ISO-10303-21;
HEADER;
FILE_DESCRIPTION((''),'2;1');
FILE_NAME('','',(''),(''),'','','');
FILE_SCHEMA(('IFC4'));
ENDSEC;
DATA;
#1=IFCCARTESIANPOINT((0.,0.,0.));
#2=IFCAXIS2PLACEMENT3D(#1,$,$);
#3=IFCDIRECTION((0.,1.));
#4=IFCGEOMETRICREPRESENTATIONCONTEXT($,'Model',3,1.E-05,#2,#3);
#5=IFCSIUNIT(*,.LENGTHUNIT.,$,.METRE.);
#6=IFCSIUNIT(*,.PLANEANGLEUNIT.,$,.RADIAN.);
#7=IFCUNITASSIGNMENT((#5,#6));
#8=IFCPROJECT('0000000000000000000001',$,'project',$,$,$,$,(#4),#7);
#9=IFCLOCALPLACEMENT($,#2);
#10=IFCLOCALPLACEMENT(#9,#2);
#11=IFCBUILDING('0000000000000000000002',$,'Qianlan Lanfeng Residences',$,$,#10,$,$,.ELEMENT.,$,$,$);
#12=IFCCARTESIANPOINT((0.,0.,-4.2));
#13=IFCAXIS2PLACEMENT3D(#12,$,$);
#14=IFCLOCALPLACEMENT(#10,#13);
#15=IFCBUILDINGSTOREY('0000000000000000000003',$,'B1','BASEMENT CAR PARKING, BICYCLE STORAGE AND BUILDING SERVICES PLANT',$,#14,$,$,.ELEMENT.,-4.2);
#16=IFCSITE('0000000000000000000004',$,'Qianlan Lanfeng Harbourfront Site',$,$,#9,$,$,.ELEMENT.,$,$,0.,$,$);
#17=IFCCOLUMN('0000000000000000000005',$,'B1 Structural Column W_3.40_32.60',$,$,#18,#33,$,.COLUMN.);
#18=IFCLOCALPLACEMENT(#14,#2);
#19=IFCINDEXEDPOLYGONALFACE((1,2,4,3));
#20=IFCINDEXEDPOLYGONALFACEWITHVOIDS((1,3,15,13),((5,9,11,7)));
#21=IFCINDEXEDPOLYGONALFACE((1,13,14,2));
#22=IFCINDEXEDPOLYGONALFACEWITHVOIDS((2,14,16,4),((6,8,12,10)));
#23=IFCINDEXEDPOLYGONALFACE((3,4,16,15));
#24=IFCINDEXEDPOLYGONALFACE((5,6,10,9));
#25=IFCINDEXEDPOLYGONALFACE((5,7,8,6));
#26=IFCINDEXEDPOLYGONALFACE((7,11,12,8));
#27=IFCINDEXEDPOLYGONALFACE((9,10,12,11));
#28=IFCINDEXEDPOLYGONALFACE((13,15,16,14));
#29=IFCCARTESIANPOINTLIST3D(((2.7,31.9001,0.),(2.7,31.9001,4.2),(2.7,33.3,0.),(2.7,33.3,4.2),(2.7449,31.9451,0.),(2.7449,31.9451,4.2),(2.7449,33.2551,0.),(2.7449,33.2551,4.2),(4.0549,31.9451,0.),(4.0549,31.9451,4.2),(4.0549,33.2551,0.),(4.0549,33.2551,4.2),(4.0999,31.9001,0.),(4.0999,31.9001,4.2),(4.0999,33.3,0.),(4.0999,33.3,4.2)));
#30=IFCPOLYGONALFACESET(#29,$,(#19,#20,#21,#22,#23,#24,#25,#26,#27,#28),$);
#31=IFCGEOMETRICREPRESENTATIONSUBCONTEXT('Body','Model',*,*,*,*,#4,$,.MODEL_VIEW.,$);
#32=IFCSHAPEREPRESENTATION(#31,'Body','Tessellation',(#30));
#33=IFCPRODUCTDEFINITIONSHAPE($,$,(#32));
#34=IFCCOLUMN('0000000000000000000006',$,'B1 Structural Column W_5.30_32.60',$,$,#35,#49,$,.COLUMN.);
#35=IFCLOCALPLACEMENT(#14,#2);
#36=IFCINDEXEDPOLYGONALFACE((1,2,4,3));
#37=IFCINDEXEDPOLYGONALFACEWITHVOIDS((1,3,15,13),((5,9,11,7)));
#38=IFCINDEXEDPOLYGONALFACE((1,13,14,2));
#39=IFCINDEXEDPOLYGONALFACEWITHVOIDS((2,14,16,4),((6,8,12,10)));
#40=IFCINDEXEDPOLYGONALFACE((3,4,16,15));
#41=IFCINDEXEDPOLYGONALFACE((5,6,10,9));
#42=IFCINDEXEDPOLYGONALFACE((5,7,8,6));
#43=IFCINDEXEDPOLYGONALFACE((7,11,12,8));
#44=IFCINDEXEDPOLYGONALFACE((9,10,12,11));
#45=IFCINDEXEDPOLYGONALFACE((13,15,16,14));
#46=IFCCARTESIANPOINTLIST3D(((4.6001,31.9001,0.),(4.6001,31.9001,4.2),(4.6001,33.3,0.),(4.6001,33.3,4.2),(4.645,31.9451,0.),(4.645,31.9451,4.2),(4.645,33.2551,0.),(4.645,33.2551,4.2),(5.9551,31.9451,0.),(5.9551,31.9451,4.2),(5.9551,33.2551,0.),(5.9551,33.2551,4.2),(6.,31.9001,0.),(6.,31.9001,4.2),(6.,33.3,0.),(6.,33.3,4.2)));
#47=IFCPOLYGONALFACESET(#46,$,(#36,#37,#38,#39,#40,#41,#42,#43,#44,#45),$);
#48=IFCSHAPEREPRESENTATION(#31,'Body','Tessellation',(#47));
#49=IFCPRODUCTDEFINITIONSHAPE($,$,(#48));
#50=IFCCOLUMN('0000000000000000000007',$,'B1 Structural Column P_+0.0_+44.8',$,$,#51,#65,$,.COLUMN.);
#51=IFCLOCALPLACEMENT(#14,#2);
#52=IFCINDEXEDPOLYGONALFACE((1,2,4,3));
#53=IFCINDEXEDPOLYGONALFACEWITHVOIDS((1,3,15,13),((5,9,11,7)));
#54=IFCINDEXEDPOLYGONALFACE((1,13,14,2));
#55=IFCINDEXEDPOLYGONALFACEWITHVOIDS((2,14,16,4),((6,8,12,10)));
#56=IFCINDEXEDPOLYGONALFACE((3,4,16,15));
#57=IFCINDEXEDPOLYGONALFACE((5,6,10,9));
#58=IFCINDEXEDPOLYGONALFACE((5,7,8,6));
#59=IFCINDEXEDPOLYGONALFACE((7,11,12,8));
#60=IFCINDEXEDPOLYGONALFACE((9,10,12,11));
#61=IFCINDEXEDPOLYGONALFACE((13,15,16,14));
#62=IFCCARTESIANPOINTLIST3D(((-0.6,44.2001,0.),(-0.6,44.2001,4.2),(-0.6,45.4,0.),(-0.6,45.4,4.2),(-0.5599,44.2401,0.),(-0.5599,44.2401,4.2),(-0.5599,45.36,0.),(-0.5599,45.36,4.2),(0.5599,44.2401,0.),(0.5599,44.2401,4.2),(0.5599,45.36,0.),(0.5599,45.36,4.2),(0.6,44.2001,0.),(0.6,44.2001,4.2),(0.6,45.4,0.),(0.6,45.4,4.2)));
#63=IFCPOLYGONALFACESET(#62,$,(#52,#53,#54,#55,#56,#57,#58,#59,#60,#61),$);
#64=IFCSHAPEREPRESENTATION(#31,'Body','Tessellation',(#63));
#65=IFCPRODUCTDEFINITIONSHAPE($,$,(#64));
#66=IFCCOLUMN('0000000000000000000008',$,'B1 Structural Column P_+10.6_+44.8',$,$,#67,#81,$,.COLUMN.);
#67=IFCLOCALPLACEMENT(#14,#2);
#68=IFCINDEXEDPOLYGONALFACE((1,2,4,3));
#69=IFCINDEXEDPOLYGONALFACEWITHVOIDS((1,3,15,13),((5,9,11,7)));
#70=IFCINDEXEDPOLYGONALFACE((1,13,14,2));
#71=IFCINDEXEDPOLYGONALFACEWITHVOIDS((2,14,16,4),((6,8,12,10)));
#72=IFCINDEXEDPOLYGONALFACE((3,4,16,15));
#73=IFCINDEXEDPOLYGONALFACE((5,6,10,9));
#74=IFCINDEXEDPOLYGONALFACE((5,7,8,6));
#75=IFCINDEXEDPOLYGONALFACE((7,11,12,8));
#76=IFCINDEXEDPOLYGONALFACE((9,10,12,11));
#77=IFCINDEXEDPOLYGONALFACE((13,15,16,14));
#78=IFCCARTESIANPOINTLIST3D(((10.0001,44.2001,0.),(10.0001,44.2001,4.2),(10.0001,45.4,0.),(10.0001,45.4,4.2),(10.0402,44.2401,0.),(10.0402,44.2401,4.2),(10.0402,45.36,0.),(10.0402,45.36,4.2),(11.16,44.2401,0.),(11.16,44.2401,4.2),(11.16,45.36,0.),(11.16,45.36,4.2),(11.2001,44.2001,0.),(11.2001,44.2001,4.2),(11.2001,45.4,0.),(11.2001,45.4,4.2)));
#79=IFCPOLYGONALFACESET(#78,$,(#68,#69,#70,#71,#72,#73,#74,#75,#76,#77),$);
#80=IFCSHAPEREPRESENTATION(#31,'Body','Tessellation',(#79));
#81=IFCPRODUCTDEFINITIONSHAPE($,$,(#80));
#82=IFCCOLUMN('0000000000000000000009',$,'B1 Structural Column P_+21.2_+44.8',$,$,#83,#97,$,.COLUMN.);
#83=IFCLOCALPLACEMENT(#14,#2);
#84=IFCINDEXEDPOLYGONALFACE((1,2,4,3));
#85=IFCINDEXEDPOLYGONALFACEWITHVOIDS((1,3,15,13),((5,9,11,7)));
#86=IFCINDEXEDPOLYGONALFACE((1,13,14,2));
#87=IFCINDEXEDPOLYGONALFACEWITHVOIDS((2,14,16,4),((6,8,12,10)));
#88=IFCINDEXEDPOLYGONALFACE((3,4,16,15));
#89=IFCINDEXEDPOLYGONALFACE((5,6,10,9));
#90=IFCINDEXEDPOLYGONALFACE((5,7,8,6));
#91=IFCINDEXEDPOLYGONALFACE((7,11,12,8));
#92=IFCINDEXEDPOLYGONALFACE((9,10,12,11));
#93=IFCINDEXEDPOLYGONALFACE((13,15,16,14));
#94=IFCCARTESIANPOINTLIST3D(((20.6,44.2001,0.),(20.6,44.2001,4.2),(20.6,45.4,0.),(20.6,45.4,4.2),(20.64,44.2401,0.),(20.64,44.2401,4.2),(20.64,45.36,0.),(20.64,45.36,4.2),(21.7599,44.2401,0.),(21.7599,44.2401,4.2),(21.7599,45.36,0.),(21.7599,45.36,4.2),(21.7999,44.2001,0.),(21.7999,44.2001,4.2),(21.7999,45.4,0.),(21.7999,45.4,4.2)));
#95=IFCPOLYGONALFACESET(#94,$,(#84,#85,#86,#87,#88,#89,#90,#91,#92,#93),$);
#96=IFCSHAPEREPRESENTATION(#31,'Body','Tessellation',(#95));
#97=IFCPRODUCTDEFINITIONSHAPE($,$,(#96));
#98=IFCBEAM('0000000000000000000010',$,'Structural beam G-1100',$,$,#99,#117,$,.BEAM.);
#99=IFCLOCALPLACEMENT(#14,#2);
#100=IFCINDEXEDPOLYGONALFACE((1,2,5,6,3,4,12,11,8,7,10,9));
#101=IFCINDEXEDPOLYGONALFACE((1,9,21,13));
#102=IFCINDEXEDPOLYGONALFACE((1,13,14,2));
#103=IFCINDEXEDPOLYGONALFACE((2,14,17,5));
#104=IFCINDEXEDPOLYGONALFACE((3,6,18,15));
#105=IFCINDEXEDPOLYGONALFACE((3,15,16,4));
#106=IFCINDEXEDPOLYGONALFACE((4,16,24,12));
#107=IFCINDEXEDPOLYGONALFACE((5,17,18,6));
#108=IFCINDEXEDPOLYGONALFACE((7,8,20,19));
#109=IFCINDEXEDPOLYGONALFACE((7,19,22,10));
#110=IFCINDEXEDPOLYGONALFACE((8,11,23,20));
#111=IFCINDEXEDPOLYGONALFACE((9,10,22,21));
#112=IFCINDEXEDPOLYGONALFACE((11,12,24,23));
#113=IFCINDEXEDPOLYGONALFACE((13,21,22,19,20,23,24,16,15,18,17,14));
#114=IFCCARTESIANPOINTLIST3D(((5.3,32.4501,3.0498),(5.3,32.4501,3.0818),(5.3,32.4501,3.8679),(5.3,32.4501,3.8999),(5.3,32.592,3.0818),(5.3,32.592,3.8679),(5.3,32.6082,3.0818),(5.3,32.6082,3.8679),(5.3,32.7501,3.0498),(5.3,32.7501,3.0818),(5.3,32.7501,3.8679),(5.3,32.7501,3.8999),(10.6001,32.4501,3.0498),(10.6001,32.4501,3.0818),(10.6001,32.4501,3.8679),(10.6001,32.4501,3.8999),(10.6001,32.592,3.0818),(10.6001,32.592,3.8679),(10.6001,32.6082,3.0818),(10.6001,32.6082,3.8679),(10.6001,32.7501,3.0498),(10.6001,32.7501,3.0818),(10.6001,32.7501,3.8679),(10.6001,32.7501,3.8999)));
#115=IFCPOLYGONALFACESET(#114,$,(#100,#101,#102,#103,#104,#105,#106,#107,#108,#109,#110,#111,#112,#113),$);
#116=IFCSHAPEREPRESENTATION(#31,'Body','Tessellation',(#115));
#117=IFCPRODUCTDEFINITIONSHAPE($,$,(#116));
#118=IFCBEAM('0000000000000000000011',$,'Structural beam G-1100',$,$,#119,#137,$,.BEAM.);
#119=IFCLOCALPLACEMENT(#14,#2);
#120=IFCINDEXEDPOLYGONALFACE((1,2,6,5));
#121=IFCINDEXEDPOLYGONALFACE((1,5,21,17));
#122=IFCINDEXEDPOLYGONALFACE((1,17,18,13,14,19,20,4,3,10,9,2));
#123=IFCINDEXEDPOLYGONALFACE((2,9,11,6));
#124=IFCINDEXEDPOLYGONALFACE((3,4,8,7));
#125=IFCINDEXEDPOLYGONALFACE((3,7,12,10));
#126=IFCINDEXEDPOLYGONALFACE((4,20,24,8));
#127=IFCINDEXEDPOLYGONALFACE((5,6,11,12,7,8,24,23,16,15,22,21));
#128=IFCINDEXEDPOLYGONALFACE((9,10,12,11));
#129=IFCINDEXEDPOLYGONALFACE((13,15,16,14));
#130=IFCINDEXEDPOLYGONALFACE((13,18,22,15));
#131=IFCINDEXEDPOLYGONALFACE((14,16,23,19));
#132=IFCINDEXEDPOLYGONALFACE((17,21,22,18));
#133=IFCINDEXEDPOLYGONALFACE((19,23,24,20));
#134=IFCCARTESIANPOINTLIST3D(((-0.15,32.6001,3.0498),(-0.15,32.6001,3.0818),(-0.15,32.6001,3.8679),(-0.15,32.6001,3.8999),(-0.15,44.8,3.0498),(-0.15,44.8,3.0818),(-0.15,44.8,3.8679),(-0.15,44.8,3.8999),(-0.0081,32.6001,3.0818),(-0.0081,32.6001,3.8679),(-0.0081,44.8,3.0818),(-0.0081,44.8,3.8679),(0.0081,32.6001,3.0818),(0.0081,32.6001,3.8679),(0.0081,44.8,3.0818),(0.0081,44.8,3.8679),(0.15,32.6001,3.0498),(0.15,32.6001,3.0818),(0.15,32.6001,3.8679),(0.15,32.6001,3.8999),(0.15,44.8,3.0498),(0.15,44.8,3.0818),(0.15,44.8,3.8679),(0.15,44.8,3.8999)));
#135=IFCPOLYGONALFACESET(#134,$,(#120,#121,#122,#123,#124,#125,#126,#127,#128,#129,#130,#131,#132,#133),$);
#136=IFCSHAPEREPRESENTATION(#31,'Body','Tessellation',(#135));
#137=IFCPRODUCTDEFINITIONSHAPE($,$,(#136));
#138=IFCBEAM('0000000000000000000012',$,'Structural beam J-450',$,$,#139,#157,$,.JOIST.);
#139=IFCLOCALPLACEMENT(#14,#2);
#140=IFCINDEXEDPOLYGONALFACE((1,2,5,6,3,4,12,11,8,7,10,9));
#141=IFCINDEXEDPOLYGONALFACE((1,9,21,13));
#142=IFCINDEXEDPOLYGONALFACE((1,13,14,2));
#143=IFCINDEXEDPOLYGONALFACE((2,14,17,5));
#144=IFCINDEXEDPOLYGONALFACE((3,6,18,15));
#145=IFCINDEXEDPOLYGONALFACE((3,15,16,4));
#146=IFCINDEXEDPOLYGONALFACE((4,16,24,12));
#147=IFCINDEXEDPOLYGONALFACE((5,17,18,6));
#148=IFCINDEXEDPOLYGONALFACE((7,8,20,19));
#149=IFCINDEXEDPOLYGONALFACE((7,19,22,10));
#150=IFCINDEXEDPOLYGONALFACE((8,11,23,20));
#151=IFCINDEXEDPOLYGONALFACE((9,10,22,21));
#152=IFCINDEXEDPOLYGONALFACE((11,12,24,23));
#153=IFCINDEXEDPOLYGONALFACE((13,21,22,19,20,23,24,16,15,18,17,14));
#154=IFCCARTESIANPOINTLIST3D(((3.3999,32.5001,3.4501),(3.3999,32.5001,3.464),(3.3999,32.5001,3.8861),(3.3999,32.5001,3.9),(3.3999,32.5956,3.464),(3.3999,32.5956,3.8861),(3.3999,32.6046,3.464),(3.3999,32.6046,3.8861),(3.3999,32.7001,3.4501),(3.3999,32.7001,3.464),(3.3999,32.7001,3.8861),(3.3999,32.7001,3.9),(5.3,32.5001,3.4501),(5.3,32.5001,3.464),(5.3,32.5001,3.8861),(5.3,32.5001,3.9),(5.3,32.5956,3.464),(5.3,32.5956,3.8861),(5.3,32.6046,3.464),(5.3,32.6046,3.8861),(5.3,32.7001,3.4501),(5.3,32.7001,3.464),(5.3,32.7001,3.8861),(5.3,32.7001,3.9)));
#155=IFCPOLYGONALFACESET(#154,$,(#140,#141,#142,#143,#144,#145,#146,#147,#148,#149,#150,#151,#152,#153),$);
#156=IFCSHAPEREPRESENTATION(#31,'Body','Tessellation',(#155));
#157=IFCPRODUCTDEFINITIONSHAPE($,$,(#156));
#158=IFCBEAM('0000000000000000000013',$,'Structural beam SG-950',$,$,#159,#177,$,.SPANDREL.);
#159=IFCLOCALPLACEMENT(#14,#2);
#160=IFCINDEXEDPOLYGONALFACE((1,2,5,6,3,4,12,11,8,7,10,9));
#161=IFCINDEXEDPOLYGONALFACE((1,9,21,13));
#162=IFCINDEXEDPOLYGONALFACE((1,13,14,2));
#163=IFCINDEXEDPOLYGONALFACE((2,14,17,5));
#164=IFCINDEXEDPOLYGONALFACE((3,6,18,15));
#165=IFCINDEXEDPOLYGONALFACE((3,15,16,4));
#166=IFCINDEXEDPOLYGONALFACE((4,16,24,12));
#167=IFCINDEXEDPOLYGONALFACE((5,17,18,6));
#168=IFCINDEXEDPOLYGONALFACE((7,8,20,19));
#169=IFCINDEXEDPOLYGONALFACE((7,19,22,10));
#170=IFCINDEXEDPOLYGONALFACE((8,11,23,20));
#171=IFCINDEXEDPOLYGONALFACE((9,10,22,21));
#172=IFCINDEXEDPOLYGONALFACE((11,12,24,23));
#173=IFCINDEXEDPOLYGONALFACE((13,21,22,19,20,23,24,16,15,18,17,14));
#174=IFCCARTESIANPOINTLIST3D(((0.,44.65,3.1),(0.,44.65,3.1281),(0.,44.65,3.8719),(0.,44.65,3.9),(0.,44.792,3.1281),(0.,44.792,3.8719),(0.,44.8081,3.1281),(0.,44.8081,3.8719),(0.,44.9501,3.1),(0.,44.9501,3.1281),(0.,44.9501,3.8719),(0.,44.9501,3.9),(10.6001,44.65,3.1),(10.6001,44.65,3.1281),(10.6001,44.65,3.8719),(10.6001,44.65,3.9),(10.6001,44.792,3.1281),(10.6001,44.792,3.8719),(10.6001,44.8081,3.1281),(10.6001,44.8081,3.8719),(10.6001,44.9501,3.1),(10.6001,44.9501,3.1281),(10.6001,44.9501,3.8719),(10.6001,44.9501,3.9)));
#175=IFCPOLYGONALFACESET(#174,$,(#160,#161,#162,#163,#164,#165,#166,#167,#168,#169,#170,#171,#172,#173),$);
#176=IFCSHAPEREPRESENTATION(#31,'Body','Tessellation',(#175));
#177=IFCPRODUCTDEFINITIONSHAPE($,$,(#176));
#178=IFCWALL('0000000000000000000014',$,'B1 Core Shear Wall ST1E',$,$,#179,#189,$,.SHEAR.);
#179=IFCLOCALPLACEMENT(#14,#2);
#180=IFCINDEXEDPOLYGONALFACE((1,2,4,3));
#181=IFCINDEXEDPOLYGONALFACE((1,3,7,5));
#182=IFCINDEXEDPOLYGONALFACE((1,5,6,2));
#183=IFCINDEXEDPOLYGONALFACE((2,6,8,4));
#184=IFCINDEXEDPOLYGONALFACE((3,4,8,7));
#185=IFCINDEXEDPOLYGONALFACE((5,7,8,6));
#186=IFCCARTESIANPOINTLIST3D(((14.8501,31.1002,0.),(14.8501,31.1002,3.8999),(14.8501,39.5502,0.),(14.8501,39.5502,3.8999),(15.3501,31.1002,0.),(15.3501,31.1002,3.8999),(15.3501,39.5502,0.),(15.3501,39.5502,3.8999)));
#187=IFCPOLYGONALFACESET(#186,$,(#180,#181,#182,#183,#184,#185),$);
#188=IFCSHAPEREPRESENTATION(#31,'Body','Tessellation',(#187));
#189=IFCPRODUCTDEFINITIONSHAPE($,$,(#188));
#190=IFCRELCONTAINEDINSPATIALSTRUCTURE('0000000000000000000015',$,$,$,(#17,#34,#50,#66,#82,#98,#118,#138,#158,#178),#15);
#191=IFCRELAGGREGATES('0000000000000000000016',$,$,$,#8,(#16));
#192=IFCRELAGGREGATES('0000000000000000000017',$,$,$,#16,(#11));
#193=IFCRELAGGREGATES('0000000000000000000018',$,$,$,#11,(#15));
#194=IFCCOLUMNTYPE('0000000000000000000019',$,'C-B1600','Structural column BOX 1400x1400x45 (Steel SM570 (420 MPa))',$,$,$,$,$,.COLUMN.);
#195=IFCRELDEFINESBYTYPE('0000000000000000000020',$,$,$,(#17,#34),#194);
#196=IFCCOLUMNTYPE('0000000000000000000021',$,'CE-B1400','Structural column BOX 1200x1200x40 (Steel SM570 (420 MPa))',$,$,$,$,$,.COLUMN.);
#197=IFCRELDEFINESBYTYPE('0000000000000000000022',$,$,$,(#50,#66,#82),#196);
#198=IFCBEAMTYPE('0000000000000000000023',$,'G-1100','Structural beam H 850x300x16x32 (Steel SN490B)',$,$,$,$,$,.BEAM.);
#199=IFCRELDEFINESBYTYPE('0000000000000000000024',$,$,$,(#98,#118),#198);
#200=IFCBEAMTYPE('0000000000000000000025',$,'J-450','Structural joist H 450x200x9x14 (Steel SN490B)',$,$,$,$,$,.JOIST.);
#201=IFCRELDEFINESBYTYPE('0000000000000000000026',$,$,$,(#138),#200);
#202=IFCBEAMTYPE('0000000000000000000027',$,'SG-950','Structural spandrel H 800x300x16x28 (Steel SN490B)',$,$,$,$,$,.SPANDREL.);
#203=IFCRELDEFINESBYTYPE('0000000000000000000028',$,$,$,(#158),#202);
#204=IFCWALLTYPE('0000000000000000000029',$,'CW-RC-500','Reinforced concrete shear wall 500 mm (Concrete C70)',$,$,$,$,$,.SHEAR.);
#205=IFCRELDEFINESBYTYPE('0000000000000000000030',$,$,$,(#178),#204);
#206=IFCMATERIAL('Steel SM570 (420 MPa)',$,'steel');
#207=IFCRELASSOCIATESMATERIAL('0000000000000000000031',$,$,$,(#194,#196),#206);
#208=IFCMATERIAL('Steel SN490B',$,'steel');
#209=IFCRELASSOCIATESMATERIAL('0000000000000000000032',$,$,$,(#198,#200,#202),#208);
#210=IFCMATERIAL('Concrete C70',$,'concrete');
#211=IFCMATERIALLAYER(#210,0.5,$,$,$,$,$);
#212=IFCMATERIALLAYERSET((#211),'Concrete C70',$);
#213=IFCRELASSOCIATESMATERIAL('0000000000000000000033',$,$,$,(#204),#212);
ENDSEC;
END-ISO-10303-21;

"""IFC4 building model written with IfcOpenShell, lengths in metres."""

from ifc_helpers import new_model, si_unit, direction, frame, frame_2d, origin, origin_2d, place, context, subcontext, project, spatial, rectangle, hollow_rectangle, i_section, extrude, material, layer, layer_set, material_profile, profile_set, type_object, element, save


model = new_model("IFC4")

# Units and contexts
model_context = context("Model", 3, precision=1e-05, world=origin(), true_north=direction((0.0, 1.0)))
body_context = subcontext(model_context, "Body", "Model", "MODEL_VIEW")
ifc_project = project(units=[si_unit("LENGTHUNIT", "METRE"), si_unit("PLANEANGLEUNIT", "RADIAN")], contexts=[model_context])

# Site, building, storey
site_placement = place(None, origin())
site = spatial("IfcSite", under=ifc_project, at=site_placement, Name="Qianlan Lanfeng Harbourfront Site", CompositionType="ELEMENT", RefElevation=0.0)
building_placement = place(site_placement, origin())
building = spatial("IfcBuilding", under=site, at=building_placement, Name="Qianlan Lanfeng Residences", CompositionType="ELEMENT")
storey_placement = place(building_placement, frame((0.0, 0.0, -4.2)))
storey = spatial("IfcBuildingStorey", under=building, at=storey_placement, Name="B1", Description="BASEMENT CAR PARKING, BICYCLE STORAGE AND BUILDING SERVICES PLANT", CompositionType="ELEMENT", Elevation=-4.2)

# Columns
ifc_material_1 = material(Name="Steel SM570 (420 MPa)", Category="steel")
ifc_material_profile_1 = material_profile(ifc_material_1, hollow_rectangle(XDim=1.3999, YDim=1.3999, WallThickness=0.0449, at=origin_2d()), Name="BOX 1400x1400x45")
ifc_profile_set_1 = profile_set([ifc_material_profile_1], Name="Steel SM570 (420 MPa)")
column_type_1 = type_object("IfcColumnType", Name="C-B1600", Description="Structural column BOX 1400x1400x45 (Steel SM570 (420 MPa))", PredefinedType="COLUMN", material=ifc_profile_set_1)
for number, where, z_axis, x_axis, name in (
    (1, (3.3999, 32.6001, 0.0), (0.0, 0.0, 1.0), (1.0, 0.0, 0.0), "B1 Structural Column W_3.40_32.60"),
    (2, (5.3, 32.6001, 0.0), (0.0, 0.0, 1.0), (1.0, 0.0, 0.0), "B1 Structural Column W_5.30_32.60"),
):
    element("IfcColumn", number, at=place(storey_placement, frame(where, z_axis=z_axis, x_axis=x_axis)), inside=storey, type_object=column_type_1, Name=name, PredefinedType="COLUMN", context=body_context, shape_type="SweptSolid", body=[
        extrude(hollow_rectangle(XDim=1.3999, YDim=1.3999, WallThickness=0.0449, at=origin_2d()), origin(), (0.0, 0.0, 1.0), 4.2),
    ])
ifc_material_profile_2 = material_profile(ifc_material_1, hollow_rectangle(XDim=1.2, YDim=1.2, WallThickness=0.04, at=origin_2d()), Name="BOX 1200x1200x40")
ifc_profile_set_2 = profile_set([ifc_material_profile_2], Name="Steel SM570 (420 MPa)")
column_type_2 = type_object("IfcColumnType", Name="CE-B1400", Description="Structural column BOX 1200x1200x40 (Steel SM570 (420 MPa))", PredefinedType="COLUMN", material=ifc_profile_set_2)
for number, where, z_axis, x_axis, name in (
    (3, (0.0, 44.8, 0.0), (0.0, 0.0, 1.0), (1.0, 0.0, 0.0), "B1 Structural Column P_+0.0_+44.8"),
    (4, (10.6001, 44.8, 0.0), (0.0, 0.0, 1.0), (1.0, 0.0, 0.0), "B1 Structural Column P_+10.6_+44.8"),
    (5, (21.2, 44.8, 0.0), (0.0, 0.0, 1.0), (1.0, 0.0, 0.0), "B1 Structural Column P_+21.2_+44.8"),
):
    element("IfcColumn", number, at=place(storey_placement, frame(where, z_axis=z_axis, x_axis=x_axis)), inside=storey, type_object=column_type_2, Name=name, PredefinedType="COLUMN", context=body_context, shape_type="SweptSolid", body=[
        extrude(hollow_rectangle(XDim=1.2, YDim=1.2, WallThickness=0.04, at=origin_2d()), origin(), (0.0, 0.0, 1.0), 4.2),
    ])

# Beams
ifc_material_2 = material(Name="Steel SN490B", Category="steel")
ifc_material_profile_3 = material_profile(ifc_material_2, i_section(OverallWidth=0.3, OverallDepth=0.8501, WebThickness=0.0161, FlangeThickness=0.032, at=origin_2d()), Name="H 850x300x16x32")
ifc_profile_set_3 = profile_set([ifc_material_profile_3], Name="Steel SN490B")
beam_type_1 = type_object("IfcBeamType", Name="G-1100", Description="Structural beam H 850x300x16x32 (Steel SN490B)", PredefinedType="BEAM", material=ifc_profile_set_3)
beam_1_placement = place(storey_placement, frame((5.3, 32.6001, 3.4749), z_axis=(1.0, 0.0, 0.0), x_axis=(0.0, 1.0, 0.0)))
element("IfcBeam", 6, at=beam_1_placement, inside=storey, type_object=beam_type_1, Name="Structural beam G-1100", PredefinedType="BEAM", context=body_context, shape_type="SweptSolid", body=[
    extrude(i_section(OverallWidth=0.3, OverallDepth=0.8501, WebThickness=0.0161, FlangeThickness=0.032, at=origin_2d()), origin(), (0.0, 0.0, 1.0), 5.3),
])
beam_2_placement = place(storey_placement, frame((0.0, 32.6001, 3.4749), z_axis=(0.0, 1.0, 0.0), x_axis=(-1.0, 0.0, 0.0)))
element("IfcBeam", 7, at=beam_2_placement, inside=storey, type_object=beam_type_1, Name="Structural beam G-1100", PredefinedType="BEAM", context=body_context, shape_type="SweptSolid", body=[
    extrude(i_section(OverallWidth=0.3, OverallDepth=0.8501, WebThickness=0.0161, FlangeThickness=0.032, at=origin_2d()), origin(), (0.0, 0.0, 1.0), 12.2),
])
ifc_material_profile_4 = material_profile(ifc_material_2, i_section(OverallWidth=0.2, OverallDepth=0.45, WebThickness=0.009, FlangeThickness=0.0139, at=origin_2d()), Name="H 450x200x9x14")
ifc_profile_set_4 = profile_set([ifc_material_profile_4], Name="Steel SN490B")
beam_type_2 = type_object("IfcBeamType", Name="J-450", Description="Structural joist H 450x200x9x14 (Steel SN490B)", PredefinedType="JOIST", material=ifc_profile_set_4)
beam_3_placement = place(storey_placement, frame((3.3999, 32.6001, 3.675), z_axis=(1.0, 0.0, 0.0), x_axis=(0.0, 1.0, 0.0)))
element("IfcBeam", 8, at=beam_3_placement, inside=storey, type_object=beam_type_2, Name="Structural beam J-450", PredefinedType="JOIST", context=body_context, shape_type="SweptSolid", body=[
    extrude(i_section(OverallWidth=0.2, OverallDepth=0.45, WebThickness=0.009, FlangeThickness=0.0139, at=origin_2d()), origin(), (0.0, 0.0, 1.0), 1.9001),
])
ifc_material_profile_5 = material_profile(ifc_material_2, i_section(OverallWidth=0.3, OverallDepth=0.8, WebThickness=0.0161, FlangeThickness=0.0281, at=origin_2d()), Name="H 800x300x16x28")
ifc_profile_set_5 = profile_set([ifc_material_profile_5], Name="Steel SN490B")
beam_type_3 = type_object("IfcBeamType", Name="SG-950", Description="Structural spandrel H 800x300x16x28 (Steel SN490B)", PredefinedType="SPANDREL", material=ifc_profile_set_5)
beam_4_placement = place(storey_placement, frame((0.0, 44.8, 3.5), z_axis=(1.0, 0.0, 0.0), x_axis=(0.0, 1.0, 0.0)))
element("IfcBeam", 9, at=beam_4_placement, inside=storey, type_object=beam_type_3, Name="Structural beam SG-950", PredefinedType="SPANDREL", context=body_context, shape_type="SweptSolid", body=[
    extrude(i_section(OverallWidth=0.3, OverallDepth=0.8, WebThickness=0.0161, FlangeThickness=0.0281, at=origin_2d()), origin(), (0.0, 0.0, 1.0), 10.6001),
])

# Wall
ifc_material_3 = material(Name="Concrete C70", Category="concrete")
ifc_layer_1 = layer(ifc_material_3, 0.5)
ifc_layer_set_1 = layer_set([ifc_layer_1], Name="Concrete C70")
wall_type_1 = type_object("IfcWallType", Name="CW-RC-500", Description="Reinforced concrete shear wall 500 mm (Concrete C70)", PredefinedType="SHEAR", material=ifc_layer_set_1)
wall_1_placement = place(storey_placement, frame((15.1001, 31.1001, 0.0), z_axis=(0.0, 0.0, 1.0), x_axis=(0.0, 1.0, 0.0)))
element("IfcWall", 10, at=wall_1_placement, inside=storey, type_object=wall_type_1, Name="B1 Core Shear Wall ST1E", PredefinedType="SHEAR", context=body_context, shape_type="SweptSolid", body=[
    extrude(rectangle(XDim=8.45, YDim=0.5, at=frame_2d((4.2251, 0.0))), origin(), (0.0, 0.0, 1.0), 3.8999),
])

save(model, "model.ifc")
